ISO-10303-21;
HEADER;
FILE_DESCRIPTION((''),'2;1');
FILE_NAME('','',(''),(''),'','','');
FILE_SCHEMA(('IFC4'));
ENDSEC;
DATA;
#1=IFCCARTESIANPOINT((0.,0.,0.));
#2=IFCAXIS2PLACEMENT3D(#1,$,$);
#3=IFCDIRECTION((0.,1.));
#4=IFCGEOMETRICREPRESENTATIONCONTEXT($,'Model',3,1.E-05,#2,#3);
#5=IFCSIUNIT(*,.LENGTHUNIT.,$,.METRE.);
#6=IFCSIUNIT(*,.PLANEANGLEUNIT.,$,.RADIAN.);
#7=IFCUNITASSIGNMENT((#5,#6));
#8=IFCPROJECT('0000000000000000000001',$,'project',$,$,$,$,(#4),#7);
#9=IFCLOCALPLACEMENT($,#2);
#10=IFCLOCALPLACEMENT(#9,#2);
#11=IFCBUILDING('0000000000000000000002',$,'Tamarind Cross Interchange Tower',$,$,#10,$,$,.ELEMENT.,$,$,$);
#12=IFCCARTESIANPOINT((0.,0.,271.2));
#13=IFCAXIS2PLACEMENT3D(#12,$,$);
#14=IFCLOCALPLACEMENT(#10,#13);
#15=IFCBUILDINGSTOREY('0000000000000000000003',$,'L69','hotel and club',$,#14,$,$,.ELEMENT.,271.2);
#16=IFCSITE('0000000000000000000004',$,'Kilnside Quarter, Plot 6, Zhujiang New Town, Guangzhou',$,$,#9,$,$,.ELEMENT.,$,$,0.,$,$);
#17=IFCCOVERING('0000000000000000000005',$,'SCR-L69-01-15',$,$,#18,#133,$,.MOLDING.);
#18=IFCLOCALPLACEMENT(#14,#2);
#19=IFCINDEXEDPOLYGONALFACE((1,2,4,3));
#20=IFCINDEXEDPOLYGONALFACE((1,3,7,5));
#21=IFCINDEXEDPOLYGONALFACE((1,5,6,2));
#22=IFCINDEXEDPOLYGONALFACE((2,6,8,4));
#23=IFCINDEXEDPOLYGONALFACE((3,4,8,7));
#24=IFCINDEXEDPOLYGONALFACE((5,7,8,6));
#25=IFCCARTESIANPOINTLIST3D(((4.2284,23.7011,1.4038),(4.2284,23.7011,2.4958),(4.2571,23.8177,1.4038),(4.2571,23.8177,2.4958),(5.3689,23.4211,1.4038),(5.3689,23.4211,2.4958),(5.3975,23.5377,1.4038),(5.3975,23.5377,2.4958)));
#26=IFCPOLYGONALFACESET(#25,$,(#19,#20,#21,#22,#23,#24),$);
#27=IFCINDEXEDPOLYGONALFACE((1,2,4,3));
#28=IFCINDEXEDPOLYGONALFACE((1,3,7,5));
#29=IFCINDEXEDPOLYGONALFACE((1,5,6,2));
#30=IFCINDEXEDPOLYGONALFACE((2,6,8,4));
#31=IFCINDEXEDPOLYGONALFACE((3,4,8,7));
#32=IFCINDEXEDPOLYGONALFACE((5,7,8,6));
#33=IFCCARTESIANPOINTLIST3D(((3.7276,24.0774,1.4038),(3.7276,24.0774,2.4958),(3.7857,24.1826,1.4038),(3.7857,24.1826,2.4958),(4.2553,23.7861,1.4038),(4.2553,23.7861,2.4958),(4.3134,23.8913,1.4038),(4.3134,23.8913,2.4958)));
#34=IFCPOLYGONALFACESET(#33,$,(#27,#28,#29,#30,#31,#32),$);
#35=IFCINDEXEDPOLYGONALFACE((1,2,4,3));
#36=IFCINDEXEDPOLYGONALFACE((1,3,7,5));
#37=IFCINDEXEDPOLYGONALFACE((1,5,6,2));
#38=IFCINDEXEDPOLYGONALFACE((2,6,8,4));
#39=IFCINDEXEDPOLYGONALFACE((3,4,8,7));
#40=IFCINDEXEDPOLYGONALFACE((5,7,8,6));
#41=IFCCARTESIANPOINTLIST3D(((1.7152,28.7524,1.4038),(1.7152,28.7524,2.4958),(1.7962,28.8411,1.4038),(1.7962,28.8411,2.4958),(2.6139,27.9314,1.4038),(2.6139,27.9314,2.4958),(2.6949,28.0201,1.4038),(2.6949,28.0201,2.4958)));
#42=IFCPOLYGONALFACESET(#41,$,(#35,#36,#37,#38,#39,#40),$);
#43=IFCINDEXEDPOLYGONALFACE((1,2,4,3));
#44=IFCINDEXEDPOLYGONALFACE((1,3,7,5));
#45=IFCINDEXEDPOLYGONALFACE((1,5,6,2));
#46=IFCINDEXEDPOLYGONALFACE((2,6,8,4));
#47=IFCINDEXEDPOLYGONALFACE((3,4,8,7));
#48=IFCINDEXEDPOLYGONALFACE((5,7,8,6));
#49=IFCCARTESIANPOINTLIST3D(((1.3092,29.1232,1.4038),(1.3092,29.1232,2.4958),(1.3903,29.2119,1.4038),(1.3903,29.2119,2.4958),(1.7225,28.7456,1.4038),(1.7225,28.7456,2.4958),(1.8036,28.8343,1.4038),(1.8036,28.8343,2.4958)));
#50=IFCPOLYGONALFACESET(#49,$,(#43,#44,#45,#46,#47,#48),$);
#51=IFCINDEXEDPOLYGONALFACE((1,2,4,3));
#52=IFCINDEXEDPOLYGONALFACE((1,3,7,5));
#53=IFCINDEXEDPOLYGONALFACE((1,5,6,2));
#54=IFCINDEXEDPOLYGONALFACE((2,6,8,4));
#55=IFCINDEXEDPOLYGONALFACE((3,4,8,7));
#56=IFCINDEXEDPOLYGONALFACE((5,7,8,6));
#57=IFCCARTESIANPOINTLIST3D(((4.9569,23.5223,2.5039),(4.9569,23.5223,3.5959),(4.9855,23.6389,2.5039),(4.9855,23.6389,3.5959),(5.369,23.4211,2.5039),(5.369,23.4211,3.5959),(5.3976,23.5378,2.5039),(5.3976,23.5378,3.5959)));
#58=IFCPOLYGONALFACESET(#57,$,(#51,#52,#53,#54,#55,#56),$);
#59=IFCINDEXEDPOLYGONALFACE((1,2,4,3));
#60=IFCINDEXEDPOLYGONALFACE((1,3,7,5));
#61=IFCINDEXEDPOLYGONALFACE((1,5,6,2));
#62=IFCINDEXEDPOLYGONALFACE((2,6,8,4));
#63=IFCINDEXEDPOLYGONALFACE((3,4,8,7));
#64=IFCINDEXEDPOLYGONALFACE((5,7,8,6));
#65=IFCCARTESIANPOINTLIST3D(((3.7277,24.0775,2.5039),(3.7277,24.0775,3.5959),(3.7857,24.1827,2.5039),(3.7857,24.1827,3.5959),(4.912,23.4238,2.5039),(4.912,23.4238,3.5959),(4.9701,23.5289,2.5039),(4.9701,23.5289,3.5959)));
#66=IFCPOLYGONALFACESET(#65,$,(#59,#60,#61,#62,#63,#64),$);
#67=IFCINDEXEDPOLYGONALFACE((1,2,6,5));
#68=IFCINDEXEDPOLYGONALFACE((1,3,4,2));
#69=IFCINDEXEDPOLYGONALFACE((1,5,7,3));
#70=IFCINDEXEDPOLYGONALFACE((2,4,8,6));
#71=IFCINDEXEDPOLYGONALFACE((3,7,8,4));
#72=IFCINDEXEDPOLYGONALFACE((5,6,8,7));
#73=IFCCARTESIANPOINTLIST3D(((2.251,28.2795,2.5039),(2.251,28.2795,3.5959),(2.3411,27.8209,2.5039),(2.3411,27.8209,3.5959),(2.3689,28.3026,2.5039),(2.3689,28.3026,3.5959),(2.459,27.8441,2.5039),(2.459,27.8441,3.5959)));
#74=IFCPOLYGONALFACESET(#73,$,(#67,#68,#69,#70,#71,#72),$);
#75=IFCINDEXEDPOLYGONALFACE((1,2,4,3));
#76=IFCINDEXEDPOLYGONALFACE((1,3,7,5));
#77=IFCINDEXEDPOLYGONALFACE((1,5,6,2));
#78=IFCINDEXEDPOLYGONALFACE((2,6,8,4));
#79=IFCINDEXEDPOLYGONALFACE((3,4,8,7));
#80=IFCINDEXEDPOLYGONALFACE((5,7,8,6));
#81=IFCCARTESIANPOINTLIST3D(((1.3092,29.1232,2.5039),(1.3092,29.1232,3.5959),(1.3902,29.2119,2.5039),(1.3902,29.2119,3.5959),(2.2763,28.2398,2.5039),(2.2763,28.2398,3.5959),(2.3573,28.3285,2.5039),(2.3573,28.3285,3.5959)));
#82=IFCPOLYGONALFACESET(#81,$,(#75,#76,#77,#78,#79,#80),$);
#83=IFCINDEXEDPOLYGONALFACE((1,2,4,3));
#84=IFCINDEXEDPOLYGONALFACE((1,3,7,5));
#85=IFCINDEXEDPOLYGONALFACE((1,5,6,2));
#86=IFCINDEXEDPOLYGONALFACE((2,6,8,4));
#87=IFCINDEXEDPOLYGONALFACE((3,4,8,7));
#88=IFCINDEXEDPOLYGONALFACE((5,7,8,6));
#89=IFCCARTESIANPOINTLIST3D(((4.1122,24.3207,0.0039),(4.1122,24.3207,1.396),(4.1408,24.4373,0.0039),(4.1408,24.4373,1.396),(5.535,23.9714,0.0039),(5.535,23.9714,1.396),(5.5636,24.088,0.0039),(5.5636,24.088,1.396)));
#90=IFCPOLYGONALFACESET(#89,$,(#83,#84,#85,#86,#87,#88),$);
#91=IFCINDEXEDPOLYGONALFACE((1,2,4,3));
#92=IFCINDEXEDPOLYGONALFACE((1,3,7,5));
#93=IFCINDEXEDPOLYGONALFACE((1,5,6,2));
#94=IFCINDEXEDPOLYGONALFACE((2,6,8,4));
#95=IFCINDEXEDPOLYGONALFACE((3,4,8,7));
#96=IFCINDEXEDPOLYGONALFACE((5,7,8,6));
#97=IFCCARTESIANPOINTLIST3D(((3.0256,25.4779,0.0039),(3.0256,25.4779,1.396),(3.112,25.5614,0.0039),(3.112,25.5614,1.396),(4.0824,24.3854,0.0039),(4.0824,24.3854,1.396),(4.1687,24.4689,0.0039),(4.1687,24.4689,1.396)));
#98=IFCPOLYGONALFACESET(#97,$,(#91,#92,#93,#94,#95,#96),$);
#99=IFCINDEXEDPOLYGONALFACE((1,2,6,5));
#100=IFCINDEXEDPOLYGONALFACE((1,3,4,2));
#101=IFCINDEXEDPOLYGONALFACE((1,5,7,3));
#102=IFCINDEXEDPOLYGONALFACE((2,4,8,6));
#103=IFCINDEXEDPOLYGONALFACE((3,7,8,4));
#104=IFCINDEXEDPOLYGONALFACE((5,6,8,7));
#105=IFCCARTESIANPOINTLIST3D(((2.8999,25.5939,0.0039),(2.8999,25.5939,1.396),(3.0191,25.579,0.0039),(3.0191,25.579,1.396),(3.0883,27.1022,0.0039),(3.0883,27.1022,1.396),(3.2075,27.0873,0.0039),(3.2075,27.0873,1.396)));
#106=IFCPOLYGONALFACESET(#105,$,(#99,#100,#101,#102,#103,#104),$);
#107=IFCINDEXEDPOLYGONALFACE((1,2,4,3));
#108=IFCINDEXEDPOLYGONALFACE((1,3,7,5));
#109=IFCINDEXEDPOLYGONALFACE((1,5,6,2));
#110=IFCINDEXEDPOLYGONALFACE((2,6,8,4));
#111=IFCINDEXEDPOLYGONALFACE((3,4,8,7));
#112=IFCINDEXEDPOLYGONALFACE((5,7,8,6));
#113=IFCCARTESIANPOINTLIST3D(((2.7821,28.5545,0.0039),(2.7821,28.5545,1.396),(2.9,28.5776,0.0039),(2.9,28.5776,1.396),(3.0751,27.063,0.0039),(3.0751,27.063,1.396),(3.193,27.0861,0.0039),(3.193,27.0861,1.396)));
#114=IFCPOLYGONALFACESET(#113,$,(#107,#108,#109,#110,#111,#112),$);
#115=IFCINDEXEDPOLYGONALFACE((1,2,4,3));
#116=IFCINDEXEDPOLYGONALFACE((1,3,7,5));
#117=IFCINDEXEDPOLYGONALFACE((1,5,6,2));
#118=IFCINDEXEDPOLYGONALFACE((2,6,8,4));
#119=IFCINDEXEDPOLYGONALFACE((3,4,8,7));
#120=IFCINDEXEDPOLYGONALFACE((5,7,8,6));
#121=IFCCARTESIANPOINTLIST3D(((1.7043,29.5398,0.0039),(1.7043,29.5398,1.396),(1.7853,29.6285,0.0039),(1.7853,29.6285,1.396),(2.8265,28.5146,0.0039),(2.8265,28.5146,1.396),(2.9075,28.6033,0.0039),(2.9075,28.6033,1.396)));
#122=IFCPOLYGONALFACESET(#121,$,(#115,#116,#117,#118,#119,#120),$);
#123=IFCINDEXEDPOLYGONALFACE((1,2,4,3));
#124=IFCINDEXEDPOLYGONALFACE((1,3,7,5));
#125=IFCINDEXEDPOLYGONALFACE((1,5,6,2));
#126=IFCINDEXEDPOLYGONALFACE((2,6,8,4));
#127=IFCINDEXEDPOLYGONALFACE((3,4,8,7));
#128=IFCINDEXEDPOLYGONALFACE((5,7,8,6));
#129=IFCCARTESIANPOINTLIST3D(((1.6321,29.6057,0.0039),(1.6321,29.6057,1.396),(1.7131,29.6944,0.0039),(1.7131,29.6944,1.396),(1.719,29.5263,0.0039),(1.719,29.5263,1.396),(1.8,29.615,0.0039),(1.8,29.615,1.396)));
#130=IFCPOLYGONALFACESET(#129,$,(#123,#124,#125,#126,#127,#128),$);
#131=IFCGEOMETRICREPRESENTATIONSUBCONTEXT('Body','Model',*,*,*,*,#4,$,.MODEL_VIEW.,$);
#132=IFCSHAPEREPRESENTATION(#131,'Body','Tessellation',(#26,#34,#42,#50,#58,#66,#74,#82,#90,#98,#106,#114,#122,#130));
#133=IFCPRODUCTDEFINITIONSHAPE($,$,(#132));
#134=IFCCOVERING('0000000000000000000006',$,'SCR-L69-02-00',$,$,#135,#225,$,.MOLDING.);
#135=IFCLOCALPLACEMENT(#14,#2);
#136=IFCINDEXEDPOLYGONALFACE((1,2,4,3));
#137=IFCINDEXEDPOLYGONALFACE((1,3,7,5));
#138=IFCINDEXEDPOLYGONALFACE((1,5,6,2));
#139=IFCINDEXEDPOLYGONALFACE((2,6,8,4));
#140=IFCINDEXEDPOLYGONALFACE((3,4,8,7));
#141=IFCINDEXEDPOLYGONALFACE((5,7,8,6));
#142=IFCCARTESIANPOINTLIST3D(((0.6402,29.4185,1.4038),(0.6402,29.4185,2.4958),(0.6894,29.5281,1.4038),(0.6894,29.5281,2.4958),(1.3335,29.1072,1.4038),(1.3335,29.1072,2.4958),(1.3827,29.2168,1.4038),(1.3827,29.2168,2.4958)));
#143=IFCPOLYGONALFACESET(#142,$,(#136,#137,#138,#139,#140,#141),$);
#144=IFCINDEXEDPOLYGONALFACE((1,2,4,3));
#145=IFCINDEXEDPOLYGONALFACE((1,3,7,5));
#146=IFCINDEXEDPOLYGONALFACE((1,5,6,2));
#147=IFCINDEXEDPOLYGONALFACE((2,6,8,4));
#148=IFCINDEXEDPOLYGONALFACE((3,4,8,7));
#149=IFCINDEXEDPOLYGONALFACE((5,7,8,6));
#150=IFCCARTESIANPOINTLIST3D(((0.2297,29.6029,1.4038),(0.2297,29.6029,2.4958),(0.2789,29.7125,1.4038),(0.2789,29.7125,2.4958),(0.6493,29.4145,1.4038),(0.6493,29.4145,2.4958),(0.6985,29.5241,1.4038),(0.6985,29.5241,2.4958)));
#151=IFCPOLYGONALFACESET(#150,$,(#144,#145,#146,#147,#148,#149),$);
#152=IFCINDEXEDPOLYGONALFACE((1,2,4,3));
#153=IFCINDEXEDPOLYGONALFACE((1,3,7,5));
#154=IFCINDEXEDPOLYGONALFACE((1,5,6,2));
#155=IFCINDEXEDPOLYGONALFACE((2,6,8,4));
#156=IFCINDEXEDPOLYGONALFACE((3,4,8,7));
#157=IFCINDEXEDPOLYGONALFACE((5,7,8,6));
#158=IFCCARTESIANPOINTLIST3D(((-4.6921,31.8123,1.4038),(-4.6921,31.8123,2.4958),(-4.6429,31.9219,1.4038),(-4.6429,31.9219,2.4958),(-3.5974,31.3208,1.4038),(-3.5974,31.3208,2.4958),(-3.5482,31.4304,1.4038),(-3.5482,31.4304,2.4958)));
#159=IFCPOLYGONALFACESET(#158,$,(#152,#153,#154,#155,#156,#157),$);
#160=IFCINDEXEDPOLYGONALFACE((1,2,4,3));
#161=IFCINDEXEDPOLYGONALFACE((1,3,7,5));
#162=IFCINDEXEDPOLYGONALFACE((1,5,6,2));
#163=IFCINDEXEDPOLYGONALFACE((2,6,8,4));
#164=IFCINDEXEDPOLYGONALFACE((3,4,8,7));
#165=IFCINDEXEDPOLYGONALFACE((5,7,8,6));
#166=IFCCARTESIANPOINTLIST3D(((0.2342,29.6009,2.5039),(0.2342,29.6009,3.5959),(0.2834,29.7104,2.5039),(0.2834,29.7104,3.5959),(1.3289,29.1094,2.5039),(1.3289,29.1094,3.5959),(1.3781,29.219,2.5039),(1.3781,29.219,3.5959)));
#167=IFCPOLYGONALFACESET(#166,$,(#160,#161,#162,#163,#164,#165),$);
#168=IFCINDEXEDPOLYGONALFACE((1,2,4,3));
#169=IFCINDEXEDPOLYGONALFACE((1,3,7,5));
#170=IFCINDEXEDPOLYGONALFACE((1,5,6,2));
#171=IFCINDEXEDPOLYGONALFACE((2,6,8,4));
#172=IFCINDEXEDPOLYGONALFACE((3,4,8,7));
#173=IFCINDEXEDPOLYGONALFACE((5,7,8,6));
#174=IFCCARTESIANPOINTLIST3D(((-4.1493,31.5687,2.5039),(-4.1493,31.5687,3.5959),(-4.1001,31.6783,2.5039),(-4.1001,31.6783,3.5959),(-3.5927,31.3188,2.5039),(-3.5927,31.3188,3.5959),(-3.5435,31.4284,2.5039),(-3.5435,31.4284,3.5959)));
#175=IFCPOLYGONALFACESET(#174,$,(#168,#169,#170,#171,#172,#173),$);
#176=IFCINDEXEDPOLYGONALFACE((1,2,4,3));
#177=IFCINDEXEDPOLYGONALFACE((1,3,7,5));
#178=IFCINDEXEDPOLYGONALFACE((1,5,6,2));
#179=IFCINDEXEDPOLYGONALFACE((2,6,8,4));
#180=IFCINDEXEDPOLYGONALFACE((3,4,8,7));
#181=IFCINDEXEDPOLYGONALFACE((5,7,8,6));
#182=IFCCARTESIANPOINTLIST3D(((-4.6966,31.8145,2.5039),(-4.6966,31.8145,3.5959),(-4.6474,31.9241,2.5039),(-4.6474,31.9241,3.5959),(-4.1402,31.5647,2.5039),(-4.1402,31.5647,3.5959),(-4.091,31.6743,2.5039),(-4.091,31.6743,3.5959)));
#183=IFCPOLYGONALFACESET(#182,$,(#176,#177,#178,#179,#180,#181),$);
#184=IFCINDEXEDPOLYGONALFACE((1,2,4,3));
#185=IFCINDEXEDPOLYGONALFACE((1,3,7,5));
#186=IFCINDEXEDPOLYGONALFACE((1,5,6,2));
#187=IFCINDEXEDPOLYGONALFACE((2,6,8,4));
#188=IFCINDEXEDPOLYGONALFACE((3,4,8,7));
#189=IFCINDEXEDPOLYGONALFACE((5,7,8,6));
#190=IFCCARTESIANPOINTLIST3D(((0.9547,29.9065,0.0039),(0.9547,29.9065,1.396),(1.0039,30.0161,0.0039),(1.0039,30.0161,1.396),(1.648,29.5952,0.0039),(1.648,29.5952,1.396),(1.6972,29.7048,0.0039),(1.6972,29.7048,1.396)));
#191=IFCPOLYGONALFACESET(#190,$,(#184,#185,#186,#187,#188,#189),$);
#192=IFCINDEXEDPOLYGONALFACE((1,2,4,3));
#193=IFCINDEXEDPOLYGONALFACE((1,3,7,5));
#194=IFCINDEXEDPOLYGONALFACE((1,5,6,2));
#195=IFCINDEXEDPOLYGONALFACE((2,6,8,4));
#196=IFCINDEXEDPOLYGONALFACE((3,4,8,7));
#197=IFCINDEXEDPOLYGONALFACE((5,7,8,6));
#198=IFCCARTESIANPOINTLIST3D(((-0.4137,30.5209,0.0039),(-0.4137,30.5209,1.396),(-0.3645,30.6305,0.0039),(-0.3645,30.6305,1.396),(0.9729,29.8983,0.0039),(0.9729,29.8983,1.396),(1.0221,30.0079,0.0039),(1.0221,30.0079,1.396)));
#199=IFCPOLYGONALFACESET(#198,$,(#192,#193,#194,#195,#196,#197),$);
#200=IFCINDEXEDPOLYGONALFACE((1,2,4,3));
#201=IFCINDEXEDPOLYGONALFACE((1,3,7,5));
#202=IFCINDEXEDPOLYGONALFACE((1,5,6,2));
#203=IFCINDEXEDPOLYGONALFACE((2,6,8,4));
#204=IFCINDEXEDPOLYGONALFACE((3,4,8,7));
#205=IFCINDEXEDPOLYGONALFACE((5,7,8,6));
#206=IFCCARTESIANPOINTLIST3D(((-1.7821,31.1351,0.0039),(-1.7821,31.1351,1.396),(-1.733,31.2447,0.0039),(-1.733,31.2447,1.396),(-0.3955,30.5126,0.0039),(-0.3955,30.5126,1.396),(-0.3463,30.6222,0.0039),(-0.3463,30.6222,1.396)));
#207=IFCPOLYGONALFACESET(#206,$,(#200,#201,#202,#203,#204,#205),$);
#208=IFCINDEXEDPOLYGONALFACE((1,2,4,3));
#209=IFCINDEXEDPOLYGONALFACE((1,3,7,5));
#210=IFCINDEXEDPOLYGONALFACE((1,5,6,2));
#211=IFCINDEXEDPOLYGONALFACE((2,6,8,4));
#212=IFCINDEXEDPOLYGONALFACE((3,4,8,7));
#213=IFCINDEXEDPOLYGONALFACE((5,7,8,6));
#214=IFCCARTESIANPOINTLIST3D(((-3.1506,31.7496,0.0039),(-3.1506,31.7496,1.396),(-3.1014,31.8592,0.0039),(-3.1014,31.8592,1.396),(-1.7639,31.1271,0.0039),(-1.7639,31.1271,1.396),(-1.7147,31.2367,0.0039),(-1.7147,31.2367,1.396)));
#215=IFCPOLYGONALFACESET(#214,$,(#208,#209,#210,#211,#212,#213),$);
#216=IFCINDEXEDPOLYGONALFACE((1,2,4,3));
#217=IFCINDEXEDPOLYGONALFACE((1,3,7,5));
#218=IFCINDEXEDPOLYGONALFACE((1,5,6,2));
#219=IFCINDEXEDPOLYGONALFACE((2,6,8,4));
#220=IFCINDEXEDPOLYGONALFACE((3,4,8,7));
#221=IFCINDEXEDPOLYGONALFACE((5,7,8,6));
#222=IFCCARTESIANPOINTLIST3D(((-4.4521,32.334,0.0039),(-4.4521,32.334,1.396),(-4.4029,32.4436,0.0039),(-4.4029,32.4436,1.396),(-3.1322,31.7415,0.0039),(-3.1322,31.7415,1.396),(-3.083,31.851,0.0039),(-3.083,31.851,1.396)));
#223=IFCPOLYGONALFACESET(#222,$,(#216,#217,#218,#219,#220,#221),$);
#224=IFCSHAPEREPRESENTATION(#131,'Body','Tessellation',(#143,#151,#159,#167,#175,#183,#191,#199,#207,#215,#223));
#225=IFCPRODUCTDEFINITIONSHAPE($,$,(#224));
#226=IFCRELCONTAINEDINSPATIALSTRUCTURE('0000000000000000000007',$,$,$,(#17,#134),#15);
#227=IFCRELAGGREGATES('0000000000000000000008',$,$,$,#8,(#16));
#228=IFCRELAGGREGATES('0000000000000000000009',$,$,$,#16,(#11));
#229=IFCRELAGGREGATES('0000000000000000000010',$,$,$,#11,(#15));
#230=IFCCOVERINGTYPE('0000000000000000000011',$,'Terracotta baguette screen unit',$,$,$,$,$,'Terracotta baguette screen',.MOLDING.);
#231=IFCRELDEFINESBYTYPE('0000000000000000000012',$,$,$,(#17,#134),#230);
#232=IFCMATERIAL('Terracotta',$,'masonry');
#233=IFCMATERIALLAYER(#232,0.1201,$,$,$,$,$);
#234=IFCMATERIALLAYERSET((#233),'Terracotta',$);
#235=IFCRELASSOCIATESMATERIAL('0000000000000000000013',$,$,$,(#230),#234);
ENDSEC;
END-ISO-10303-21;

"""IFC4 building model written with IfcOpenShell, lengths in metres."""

from ifc_helpers import new_model, si_unit, direction, frame, origin, origin_2d, place, context, subcontext, project, spatial, rectangle, extrude, material, layer, layer_set, type_object, element, save


model = new_model("IFC4")

# Units and contexts
model_context = context("Model", 3, precision=1e-05, world=origin(), true_north=direction((0.0, 1.0)))
body_context = subcontext(model_context, "Body", "Model", "MODEL_VIEW")
ifc_project = project(units=[si_unit("LENGTHUNIT", "METRE"), si_unit("PLANEANGLEUNIT", "RADIAN")], contexts=[model_context])

# Site, building, storey
site_placement = place(None, origin())
site = spatial("IfcSite", under=ifc_project, at=site_placement, Name="Kilnside Quarter, Plot 6, Zhujiang New Town, Guangzhou", CompositionType="ELEMENT", RefElevation=0.0)
building_placement = place(site_placement, origin())
building = spatial("IfcBuilding", under=site, at=building_placement, Name="Tamarind Cross Interchange Tower", CompositionType="ELEMENT")
storey_placement = place(building_placement, frame((0.0, 0.0, 271.2)))
storey = spatial("IfcBuildingStorey", under=building, at=storey_placement, Name="L69", Description="hotel and club", CompositionType="ELEMENT", Elevation=271.2)

# Coverings
ifc_material_1 = material(Name="Terracotta", Category="masonry")
ifc_layer_1 = layer(ifc_material_1, 0.1201)
ifc_layer_set_1 = layer_set([ifc_layer_1], Name="Terracotta")
covering_type = type_object("IfcCoveringType", Name="Terracotta baguette screen unit", ElementType="Terracotta baguette screen", PredefinedType="MOLDING", material=ifc_layer_set_1)
covering_1_placement = place(storey_placement, origin())
element("IfcCovering", 1, at=covering_1_placement, inside=storey, type_object=covering_type, Name="SCR-L69-01-15", PredefinedType="MOLDING", context=body_context, shape_type="SweptSolid", body=[
    extrude(rectangle(XDim=1.1743, YDim=0.1201, at=origin_2d()), frame((4.813, 23.6194, 1.4038), z_axis=(0.0, 0.0, 1.0), x_axis=(-0.97116, 0.238427, 0.0)), (0.0, 0.0, 1.0), 1.092),
    extrude(rectangle(XDim=0.6028, YDim=0.1201, at=origin_2d()), frame((4.0205, 23.9844, 1.4038), z_axis=(0.0, 0.0, 1.0), x_axis=(-0.875481, 0.483252, 0.0)), (0.0, 0.0, 1.0), 1.092),
    extrude(rectangle(XDim=1.2173, YDim=0.1201, at=origin_2d()), frame((2.2051, 28.3862, 1.4038), z_axis=(0.0, 0.0, 1.0), x_axis=(-0.738295, 0.674478, 0.0)), (0.0, 0.0, 1.0), 1.092),
    extrude(rectangle(XDim=0.5598, YDim=0.1201, at=origin_2d()), frame((1.5564, 28.9788, 1.4038), z_axis=(0.0, 0.0, 1.0), x_axis=(-0.738295, 0.674478, 0.0)), (0.0, 0.0, 1.0), 1.092),
    extrude(rectangle(XDim=0.4243, YDim=0.1201, at=origin_2d()), frame((5.1772, 23.53, 2.5039), z_axis=(0.0, 0.0, 1.0), x_axis=(-0.97116, 0.238427, 0.0)), (0.0, 0.0, 1.0), 1.092),
    extrude(rectangle(XDim=1.3528, YDim=0.1201, at=origin_2d()), frame((4.3489, 23.8032, 2.5039), z_axis=(0.0, 0.0, 1.0), x_axis=(-0.875481, 0.483252, 0.0)), (0.0, 0.0, 1.0), 1.092),
    extrude(rectangle(XDim=0.4673, YDim=0.1201, at=origin_2d()), frame((2.355, 28.0618, 2.5039), z_axis=(0.0, 0.0, 1.0), x_axis=(-0.192768, 0.981244, 0.0)), (0.0, 0.0, 1.0), 1.092),
    extrude(rectangle(XDim=1.3098, YDim=0.1201, at=origin_2d()), frame((1.8333, 28.7258, 2.5039), z_axis=(0.0, 0.0, 1.0), x_axis=(-0.738295, 0.674478, 0.0)), (0.0, 0.0, 1.0), 1.092),
    extrude(rectangle(XDim=1.4651, YDim=0.1201, at=origin_2d()), frame((4.8379, 24.2043, 0.0039), z_axis=(0.0, 0.0, 1.0), x_axis=(-0.97116, 0.238427, 0.0)), (0.0, 0.0, 1.0), 1.3921),
    extrude(rectangle(XDim=1.52, YDim=0.1201, at=origin_2d()), frame((3.5972, 24.9734, 0.0039), z_axis=(0.0, 0.0, 1.0), x_axis=(-0.695236, 0.718781, 0.0)), (0.0, 0.0, 1.0), 1.3921),
    extrude(rectangle(XDim=1.52, YDim=0.1201, at=origin_2d()), frame((3.0537, 26.3406, 0.0039), z_axis=(0.0, 0.0, 1.0), x_axis=(0.123977, 0.992285, 0.0)), (0.0, 0.0, 1.0), 1.3921),
    extrude(rectangle(XDim=1.52, YDim=0.1201, at=origin_2d()), frame((2.9875, 27.8203, 0.0039), z_axis=(0.0, 0.0, 1.0), x_axis=(-0.192768, 0.981244, 0.0)), (0.0, 0.0, 1.0), 1.3921),
    extrude(rectangle(XDim=1.52, YDim=0.1201, at=origin_2d()), frame((2.3059, 29.0715, 0.0039), z_axis=(0.0, 0.0, 1.0), x_axis=(-0.738295, 0.674478, 0.0)), (0.0, 0.0, 1.0), 1.3921),
    extrude(rectangle(XDim=0.1177, YDim=0.1201, at=origin_2d()), frame((1.7161, 29.6104, 0.0039), z_axis=(0.0, 0.0, 1.0), x_axis=(-0.738295, 0.674478, 0.0)), (0.0, 0.0, 1.0), 1.3921),
])
covering_2_placement = place(storey_placement, origin())
element("IfcCovering", 2, at=covering_2_placement, inside=storey, type_object=covering_type, Name="SCR-L69-02-00", PredefinedType="MOLDING", context=body_context, shape_type="SweptSolid", body=[
    extrude(rectangle(XDim=0.76, YDim=0.1201, at=origin_2d()), frame((1.0115, 29.3176, 1.4038), z_axis=(0.0, 0.0, 1.0), x_axis=(-0.91228, 0.409566, 0.0)), (0.0, 0.0, 1.0), 1.092),
    extrude(rectangle(XDim=0.46, YDim=0.1201, at=origin_2d()), frame((0.4641, 29.5635, 1.4038), z_axis=(0.0, 0.0, 1.0), x_axis=(-0.91228, 0.409566, 0.0)), (0.0, 0.0, 1.0), 1.092),
    extrude(rectangle(XDim=1.2, YDim=0.1201, at=origin_2d()), frame((-4.1201, 31.6213, 1.4038), z_axis=(0.0, 0.0, 1.0), x_axis=(-0.91228, 0.409566, 0.0)), (0.0, 0.0, 1.0), 1.092),
    extrude(rectangle(XDim=1.2, YDim=0.1201, at=origin_2d()), frame((0.8062, 29.4099, 2.5039), z_axis=(0.0, 0.0, 1.0), x_axis=(-0.91228, 0.409566, 0.0)), (0.0, 0.0, 1.0), 1.092),
    extrude(rectangle(XDim=0.6101, YDim=0.1201, at=origin_2d()), frame((-3.8464, 31.4985, 2.5039), z_axis=(0.0, 0.0, 1.0), x_axis=(-0.91228, 0.409566, 0.0)), (0.0, 0.0, 1.0), 1.092),
    extrude(rectangle(XDim=0.6099, YDim=0.1201, at=origin_2d()), frame((-4.3938, 31.7444, 2.5039), z_axis=(0.0, 0.0, 1.0), x_axis=(-0.91228, 0.409566, 0.0)), (0.0, 0.0, 1.0), 1.092),
    extrude(rectangle(XDim=0.76, YDim=0.1201, at=origin_2d()), frame((1.3259, 29.8057, 0.0039), z_axis=(0.0, 0.0, 1.0), x_axis=(-0.91228, 0.409566, 0.0)), (0.0, 0.0, 1.0), 1.3921),
    extrude(rectangle(XDim=1.52, YDim=0.1201, at=origin_2d()), frame((0.3042, 30.2644, 0.0039), z_axis=(0.0, 0.0, 1.0), x_axis=(-0.91228, 0.409566, 0.0)), (0.0, 0.0, 1.0), 1.3921),
    extrude(rectangle(XDim=1.52, YDim=0.1201, at=origin_2d()), frame((-1.0642, 30.8787, 0.0039), z_axis=(0.0, 0.0, 1.0), x_axis=(-0.91228, 0.409566, 0.0)), (0.0, 0.0, 1.0), 1.3921),
    extrude(rectangle(XDim=1.52, YDim=0.1201, at=origin_2d()), frame((-2.4326, 31.4932, 0.0039), z_axis=(0.0, 0.0, 1.0), x_axis=(-0.91228, 0.409566, 0.0)), (0.0, 0.0, 1.0), 1.3921),
    extrude(rectangle(XDim=1.4468, YDim=0.1201, at=origin_2d()), frame((-3.7676, 32.0925, 0.0039), z_axis=(0.0, 0.0, 1.0), x_axis=(-0.91228, 0.409566, 0.0)), (0.0, 0.0, 1.0), 1.3921),
])

save(model, "model.ifc")
